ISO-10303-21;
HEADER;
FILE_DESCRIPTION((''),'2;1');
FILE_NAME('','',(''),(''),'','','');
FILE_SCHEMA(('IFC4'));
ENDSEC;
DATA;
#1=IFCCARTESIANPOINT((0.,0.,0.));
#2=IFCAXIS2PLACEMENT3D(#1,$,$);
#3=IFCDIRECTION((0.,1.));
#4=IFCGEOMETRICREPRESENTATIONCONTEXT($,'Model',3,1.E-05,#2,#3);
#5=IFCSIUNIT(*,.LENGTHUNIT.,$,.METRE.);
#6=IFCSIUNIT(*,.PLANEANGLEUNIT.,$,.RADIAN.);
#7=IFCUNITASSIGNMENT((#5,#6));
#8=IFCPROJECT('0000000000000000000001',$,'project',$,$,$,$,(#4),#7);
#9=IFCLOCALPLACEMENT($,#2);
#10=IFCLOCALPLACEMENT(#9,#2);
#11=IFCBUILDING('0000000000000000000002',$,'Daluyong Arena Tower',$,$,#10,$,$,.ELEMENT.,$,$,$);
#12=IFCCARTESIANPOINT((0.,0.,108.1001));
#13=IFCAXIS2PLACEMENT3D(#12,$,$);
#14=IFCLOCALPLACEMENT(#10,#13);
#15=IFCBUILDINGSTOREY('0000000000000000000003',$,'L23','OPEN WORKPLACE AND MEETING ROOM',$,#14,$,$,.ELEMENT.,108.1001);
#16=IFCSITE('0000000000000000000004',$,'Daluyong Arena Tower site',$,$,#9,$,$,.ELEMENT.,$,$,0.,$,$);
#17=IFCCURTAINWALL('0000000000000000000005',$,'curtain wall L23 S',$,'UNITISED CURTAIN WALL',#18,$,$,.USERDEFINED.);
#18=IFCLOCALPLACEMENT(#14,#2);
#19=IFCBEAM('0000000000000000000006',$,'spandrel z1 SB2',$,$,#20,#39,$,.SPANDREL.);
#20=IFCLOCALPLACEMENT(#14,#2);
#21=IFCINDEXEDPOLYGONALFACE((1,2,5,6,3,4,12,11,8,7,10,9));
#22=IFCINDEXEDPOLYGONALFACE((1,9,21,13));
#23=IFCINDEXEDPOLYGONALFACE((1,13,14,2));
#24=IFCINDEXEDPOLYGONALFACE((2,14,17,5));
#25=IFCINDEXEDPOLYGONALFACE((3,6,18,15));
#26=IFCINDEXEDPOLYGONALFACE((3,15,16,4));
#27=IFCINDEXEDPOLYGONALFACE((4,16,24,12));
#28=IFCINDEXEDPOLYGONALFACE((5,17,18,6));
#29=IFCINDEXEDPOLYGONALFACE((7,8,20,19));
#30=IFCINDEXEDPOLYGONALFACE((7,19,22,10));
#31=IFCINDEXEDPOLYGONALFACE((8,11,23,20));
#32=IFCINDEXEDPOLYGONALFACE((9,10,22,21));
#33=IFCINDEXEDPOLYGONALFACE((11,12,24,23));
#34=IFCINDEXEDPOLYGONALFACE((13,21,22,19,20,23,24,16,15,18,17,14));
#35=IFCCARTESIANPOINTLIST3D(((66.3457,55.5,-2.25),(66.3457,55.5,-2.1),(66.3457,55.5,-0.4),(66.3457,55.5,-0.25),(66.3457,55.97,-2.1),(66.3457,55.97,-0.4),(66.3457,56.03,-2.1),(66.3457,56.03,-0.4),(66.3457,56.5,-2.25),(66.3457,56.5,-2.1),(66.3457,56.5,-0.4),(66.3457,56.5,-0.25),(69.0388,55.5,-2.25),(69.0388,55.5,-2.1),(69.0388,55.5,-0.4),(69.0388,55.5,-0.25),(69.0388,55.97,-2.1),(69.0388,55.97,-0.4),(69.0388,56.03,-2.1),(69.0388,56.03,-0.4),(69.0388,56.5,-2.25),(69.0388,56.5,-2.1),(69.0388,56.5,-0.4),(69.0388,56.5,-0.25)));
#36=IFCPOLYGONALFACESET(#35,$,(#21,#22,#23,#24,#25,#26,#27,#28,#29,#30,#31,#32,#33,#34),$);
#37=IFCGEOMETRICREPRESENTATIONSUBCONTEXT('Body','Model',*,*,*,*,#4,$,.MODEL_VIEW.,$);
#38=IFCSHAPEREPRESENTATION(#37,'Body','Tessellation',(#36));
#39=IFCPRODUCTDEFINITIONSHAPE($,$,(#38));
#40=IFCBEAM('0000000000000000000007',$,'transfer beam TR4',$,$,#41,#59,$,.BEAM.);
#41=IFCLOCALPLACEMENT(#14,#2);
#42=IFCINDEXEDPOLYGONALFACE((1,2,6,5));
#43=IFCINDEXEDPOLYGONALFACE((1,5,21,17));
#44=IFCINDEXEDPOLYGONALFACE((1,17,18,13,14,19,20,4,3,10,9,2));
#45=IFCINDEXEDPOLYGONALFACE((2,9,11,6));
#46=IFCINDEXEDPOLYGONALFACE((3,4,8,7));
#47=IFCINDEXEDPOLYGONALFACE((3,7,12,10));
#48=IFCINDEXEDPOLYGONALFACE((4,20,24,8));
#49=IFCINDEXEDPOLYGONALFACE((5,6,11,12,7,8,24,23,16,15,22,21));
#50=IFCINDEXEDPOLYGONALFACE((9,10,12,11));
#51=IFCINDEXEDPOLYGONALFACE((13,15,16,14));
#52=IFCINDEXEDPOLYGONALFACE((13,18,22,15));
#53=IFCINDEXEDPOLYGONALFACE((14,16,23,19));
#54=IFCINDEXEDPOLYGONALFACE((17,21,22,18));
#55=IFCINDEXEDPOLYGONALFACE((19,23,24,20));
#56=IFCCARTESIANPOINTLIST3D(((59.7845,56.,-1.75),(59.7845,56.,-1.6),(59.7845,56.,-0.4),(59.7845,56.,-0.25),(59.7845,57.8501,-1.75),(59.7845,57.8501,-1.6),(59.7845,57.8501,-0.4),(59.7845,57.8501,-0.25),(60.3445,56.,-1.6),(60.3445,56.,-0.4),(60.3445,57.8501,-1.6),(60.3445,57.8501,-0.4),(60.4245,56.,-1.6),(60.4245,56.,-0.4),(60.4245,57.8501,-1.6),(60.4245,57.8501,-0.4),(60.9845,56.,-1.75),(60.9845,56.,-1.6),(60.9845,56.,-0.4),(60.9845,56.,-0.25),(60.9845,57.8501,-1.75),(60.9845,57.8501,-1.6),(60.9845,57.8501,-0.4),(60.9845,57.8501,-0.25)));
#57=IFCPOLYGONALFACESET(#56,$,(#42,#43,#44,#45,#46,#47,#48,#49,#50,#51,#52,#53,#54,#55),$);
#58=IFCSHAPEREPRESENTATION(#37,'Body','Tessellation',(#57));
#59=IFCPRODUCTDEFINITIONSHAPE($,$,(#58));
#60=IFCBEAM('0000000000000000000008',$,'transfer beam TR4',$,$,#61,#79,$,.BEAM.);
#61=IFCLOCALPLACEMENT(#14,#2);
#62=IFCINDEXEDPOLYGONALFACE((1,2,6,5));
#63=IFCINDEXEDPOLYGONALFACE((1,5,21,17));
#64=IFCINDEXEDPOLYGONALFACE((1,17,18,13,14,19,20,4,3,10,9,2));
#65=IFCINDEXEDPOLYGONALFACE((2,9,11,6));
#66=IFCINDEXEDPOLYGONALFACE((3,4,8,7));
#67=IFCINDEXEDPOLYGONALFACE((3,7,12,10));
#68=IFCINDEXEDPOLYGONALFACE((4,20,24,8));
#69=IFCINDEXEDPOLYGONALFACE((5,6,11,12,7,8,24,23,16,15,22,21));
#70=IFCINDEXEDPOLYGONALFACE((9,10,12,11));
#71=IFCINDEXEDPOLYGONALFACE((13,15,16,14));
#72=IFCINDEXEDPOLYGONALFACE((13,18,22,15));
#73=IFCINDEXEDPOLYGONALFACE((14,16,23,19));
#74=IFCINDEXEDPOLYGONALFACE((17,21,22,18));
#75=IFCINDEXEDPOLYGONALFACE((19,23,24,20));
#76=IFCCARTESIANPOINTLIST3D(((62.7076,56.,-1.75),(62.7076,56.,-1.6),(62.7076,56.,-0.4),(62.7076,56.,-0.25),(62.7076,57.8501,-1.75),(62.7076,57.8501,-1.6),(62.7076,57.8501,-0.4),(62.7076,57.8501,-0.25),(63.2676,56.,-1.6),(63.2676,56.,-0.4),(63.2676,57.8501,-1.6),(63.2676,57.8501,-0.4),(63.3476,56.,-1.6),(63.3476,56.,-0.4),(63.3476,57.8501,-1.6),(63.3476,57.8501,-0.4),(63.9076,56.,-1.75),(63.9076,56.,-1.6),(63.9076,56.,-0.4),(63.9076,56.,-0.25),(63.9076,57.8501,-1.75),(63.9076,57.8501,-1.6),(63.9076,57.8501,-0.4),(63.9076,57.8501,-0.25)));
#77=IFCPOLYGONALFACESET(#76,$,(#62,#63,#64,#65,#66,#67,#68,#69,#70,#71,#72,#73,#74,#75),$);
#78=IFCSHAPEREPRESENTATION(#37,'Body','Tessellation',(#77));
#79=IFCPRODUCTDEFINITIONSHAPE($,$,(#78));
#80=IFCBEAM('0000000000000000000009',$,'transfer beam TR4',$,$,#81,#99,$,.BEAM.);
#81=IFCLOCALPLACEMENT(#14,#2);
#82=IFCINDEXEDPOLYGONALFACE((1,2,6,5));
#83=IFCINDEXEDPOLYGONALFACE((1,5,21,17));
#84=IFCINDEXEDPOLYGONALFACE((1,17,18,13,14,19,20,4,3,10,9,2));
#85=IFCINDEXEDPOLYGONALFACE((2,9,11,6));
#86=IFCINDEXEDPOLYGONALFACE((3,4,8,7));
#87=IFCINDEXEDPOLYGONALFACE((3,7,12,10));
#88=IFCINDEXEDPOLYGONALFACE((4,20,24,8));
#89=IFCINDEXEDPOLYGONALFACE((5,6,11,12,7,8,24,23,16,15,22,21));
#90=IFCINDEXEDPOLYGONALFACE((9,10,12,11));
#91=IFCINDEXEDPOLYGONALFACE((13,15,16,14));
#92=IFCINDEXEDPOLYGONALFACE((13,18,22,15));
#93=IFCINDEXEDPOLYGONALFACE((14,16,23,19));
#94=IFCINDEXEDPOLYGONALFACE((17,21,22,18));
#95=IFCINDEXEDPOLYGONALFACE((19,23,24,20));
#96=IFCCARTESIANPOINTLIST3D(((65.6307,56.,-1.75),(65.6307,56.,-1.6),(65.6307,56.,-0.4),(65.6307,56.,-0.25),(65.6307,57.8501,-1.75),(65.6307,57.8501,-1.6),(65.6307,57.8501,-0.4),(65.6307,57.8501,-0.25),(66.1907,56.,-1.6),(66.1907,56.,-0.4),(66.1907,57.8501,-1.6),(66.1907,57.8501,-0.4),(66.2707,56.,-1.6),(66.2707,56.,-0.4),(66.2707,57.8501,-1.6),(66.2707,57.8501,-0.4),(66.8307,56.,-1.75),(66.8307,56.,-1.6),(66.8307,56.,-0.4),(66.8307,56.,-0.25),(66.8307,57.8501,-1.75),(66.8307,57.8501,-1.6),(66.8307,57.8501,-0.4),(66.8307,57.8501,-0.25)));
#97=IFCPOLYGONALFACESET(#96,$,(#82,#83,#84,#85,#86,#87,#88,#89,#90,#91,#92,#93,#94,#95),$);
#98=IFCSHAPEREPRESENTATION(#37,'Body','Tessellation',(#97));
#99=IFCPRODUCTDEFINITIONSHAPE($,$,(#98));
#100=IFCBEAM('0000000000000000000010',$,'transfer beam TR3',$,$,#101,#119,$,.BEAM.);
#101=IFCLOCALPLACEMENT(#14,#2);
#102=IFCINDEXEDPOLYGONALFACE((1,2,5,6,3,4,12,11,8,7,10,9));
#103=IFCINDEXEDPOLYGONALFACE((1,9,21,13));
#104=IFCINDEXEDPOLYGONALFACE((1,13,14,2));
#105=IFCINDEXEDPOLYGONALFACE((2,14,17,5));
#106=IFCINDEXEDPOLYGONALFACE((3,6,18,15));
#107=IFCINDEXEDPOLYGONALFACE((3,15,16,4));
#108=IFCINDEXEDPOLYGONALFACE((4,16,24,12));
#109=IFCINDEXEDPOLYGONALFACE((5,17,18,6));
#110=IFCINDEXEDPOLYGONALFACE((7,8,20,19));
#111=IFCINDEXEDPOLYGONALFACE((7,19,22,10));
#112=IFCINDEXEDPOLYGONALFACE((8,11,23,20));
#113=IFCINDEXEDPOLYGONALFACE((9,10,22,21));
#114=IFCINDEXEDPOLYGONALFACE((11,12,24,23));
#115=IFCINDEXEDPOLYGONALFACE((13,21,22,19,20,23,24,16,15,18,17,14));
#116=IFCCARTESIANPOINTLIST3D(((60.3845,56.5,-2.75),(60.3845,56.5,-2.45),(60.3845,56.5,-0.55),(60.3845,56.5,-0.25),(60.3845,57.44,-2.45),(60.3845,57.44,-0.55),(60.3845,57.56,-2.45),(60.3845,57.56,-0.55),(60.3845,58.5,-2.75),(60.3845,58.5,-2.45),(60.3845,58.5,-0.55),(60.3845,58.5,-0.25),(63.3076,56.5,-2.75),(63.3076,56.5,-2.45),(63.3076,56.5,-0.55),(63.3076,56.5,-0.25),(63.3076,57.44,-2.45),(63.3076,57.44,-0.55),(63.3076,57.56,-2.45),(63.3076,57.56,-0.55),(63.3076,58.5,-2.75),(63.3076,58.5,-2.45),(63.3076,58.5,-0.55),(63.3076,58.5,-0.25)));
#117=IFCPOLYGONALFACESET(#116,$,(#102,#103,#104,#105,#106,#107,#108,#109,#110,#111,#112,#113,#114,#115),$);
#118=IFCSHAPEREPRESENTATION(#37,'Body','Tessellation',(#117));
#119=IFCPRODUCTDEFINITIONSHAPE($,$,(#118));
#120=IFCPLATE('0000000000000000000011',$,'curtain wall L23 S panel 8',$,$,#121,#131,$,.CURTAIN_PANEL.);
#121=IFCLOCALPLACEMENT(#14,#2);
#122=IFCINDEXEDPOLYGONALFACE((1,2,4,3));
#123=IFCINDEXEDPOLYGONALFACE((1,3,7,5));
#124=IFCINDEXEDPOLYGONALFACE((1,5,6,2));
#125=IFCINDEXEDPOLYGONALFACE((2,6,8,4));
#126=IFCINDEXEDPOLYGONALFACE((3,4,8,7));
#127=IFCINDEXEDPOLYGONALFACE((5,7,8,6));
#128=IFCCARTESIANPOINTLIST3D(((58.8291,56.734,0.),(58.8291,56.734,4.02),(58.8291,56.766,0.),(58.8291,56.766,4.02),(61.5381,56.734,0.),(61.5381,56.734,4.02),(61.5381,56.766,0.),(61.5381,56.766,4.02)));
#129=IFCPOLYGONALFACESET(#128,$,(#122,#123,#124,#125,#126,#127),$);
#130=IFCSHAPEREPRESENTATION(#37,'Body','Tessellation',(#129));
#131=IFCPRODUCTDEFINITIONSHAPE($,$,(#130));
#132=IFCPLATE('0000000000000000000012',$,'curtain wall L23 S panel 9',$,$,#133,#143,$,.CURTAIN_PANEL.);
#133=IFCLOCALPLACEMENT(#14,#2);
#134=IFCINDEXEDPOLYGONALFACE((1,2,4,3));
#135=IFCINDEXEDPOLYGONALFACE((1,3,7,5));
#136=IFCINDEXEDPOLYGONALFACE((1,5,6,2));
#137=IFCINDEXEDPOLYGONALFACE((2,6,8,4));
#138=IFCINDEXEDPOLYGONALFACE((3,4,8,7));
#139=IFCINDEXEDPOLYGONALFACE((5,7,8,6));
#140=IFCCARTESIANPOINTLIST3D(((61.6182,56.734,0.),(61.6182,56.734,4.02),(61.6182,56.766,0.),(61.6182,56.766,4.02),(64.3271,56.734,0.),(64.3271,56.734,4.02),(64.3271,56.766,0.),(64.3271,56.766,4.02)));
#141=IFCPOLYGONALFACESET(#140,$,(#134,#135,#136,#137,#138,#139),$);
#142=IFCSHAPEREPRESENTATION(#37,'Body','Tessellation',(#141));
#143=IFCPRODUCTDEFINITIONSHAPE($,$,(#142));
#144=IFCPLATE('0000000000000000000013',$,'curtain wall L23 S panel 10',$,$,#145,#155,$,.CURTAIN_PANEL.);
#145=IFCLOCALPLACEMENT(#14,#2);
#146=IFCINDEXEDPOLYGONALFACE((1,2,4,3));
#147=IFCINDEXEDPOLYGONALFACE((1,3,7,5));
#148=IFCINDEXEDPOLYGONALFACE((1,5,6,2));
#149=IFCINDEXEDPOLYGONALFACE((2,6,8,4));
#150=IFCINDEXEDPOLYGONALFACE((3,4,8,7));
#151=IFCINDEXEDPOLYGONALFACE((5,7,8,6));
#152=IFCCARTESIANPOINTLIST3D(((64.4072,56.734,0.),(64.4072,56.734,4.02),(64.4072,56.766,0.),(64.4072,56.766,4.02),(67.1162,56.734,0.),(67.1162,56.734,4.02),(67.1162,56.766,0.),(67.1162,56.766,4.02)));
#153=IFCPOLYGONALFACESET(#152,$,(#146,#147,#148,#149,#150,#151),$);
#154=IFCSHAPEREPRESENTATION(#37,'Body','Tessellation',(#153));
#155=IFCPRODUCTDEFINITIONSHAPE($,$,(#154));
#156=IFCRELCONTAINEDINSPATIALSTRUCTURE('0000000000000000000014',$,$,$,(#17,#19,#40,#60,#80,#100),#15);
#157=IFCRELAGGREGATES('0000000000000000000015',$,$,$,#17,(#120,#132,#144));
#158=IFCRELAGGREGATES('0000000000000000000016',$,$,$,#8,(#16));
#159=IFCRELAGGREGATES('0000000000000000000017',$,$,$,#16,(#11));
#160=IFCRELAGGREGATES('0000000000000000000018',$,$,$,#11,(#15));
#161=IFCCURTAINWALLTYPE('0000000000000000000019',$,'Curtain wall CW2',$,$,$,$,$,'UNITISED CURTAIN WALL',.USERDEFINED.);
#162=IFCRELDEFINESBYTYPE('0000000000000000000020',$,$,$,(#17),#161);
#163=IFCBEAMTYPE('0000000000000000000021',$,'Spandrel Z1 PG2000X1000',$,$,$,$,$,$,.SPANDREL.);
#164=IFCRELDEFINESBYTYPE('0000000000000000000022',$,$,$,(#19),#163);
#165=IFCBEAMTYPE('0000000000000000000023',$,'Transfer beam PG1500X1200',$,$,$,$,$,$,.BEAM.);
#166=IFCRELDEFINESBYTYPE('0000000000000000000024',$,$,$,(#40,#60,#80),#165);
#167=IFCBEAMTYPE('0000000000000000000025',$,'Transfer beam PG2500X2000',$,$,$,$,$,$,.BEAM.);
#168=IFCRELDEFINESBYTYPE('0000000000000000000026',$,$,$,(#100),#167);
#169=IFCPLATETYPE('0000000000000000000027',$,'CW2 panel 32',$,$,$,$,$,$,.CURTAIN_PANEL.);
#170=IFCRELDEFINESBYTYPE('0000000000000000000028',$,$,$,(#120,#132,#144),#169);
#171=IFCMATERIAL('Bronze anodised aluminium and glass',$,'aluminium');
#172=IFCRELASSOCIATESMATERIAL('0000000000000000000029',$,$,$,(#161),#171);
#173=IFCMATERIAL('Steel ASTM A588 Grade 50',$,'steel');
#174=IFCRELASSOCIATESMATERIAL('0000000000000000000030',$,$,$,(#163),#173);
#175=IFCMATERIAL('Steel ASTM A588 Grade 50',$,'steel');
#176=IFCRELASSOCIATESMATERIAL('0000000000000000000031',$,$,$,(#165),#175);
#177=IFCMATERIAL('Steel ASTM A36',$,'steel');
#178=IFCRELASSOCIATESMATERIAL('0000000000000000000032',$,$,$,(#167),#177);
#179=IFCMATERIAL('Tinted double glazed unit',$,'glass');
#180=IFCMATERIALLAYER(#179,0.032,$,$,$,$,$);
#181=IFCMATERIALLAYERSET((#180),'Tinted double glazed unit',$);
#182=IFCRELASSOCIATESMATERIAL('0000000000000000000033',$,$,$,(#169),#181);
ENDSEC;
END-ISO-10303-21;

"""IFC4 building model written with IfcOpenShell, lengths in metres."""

from ifc_helpers import new_model, si_unit, direction, frame, origin, origin_2d, place, context, subcontext, project, spatial, rectangle, i_section, extrude, material, layer, layer_set, material_profile, profile_set, type_object, element, aggregate, save


model = new_model("IFC4")

# Units and contexts
model_context = context("Model", 3, precision=1e-05, world=origin(), true_north=direction((0.0, 1.0)))
body_context = subcontext(model_context, "Body", "Model", "MODEL_VIEW")
ifc_project = project(units=[si_unit("LENGTHUNIT", "METRE"), si_unit("PLANEANGLEUNIT", "RADIAN")], contexts=[model_context])

# Site, building, storey
site_placement = place(None, origin())
site = spatial("IfcSite", under=ifc_project, at=site_placement, Name="Daluyong Arena Tower site", CompositionType="ELEMENT", RefElevation=0.0)
building_placement = place(site_placement, origin())
building = spatial("IfcBuilding", under=site, at=building_placement, Name="Daluyong Arena Tower", CompositionType="ELEMENT")
storey_placement = place(building_placement, frame((0.0, 0.0, 108.1001)))
storey = spatial("IfcBuildingStorey", under=building, at=storey_placement, Name="L23", Description="OPEN WORKPLACE AND MEETING ROOM", CompositionType="ELEMENT", Elevation=108.1001)

# Curtain wall
ifc_material_1 = material(Name="Bronze anodised aluminium and glass", Category="aluminium")
curtain_wall_type = type_object("IfcCurtainWallType", Name="Curtain wall CW2", ElementType="UNITISED CURTAIN WALL", PredefinedType="USERDEFINED", material=ifc_material_1)
curtain_wall_placement = place(storey_placement, origin())
curtain_wall = element("IfcCurtainWall", 1, at=curtain_wall_placement, inside=storey, type_object=curtain_wall_type, Name="curtain wall L23 S", ObjectType="UNITISED CURTAIN WALL", PredefinedType="USERDEFINED")

# Beams
ifc_material_2 = material(Name="Steel ASTM A588 Grade 50", Category="steel")
ifc_material_profile_1 = material_profile(ifc_material_2, i_section(OverallWidth=1.0, OverallDepth=2.0, WebThickness=0.06, FlangeThickness=0.15, at=origin_2d()))
ifc_profile_set_1 = profile_set([ifc_material_profile_1], Name="Steel ASTM A588 Grade 50")
beam_type_1 = type_object("IfcBeamType", Name="Spandrel Z1 PG2000X1000", PredefinedType="SPANDREL", material=ifc_profile_set_1)
for number, where, z_axis, x_axis, name in (
    (2, (66.3457, 56.0, -1.25), (1.0, 0.0, 0.0), (0.0, 1.0, 0.0), "spandrel z1 SB2"),
):
    element("IfcBeam", number, at=place(storey_placement, frame(where, z_axis=z_axis, x_axis=x_axis)), inside=storey, type_object=beam_type_1, Name=name, PredefinedType="SPANDREL", context=body_context, shape_type="SweptSolid", body=[
        extrude(i_section(OverallWidth=1.0, OverallDepth=2.0, WebThickness=0.06, FlangeThickness=0.15, at=origin_2d()), origin(), (0.0, 0.0, 1.0), 2.6931),
    ])
ifc_material_3 = material(Name="Steel ASTM A588 Grade 50", Category="steel")
ifc_material_profile_2 = material_profile(ifc_material_3, i_section(OverallWidth=1.2, OverallDepth=1.5, WebThickness=0.08, FlangeThickness=0.15, at=origin_2d()))
ifc_profile_set_2 = profile_set([ifc_material_profile_2], Name="Steel ASTM A588 Grade 50")
beam_type_2 = type_object("IfcBeamType", Name="Transfer beam PG1500X1200", PredefinedType="BEAM", material=ifc_profile_set_2)
for number, where, z_axis, x_axis, name in (
    (3, (60.3845, 56.0, -1.0), (0.0, 1.0, 0.0), (-1.0, 0.0, 0.0), "transfer beam TR4"),
    (4, (63.3076, 56.0, -1.0), (0.0, 1.0, 0.0), (-1.0, 0.0, 0.0), "transfer beam TR4"),
    (5, (66.2307, 56.0, -1.0), (0.0, 1.0, 0.0), (-1.0, 0.0, 0.0), "transfer beam TR4"),
):
    element("IfcBeam", number, at=place(storey_placement, frame(where, z_axis=z_axis, x_axis=x_axis)), inside=storey, type_object=beam_type_2, Name=name, PredefinedType="BEAM", context=body_context, shape_type="SweptSolid", body=[
        extrude(i_section(OverallWidth=1.2, OverallDepth=1.5, WebThickness=0.08, FlangeThickness=0.15, at=origin_2d()), origin(), (0.0, 0.0, 1.0), 1.8501),
    ])
ifc_material_4 = material(Name="Steel ASTM A36", Category="steel")
ifc_material_profile_3 = material_profile(ifc_material_4, i_section(OverallWidth=2.0, OverallDepth=2.5, WebThickness=0.12, FlangeThickness=0.3, at=origin_2d()))
ifc_profile_set_3 = profile_set([ifc_material_profile_3], Name="Steel ASTM A36")
beam_type_3 = type_object("IfcBeamType", Name="Transfer beam PG2500X2000", PredefinedType="BEAM", material=ifc_profile_set_3)
beam_placement = place(storey_placement, frame((60.3845, 57.5, -1.5), z_axis=(1.0, 0.0, 0.0), x_axis=(0.0, 1.0, 0.0)))
element("IfcBeam", 6, at=beam_placement, inside=storey, type_object=beam_type_3, Name="transfer beam TR3", PredefinedType="BEAM", context=body_context, shape_type="SweptSolid", body=[
    extrude(i_section(OverallWidth=2.0, OverallDepth=2.5, WebThickness=0.12, FlangeThickness=0.3, at=origin_2d()), origin(), (0.0, 0.0, 1.0), 2.9231),
])

# Plates
ifc_material_5 = material(Name="Tinted double glazed unit", Category="glass")
ifc_layer = layer(ifc_material_5, 0.032)
ifc_layer_set = layer_set([ifc_layer], Name="Tinted double glazed unit")
plate_type = type_object("IfcPlateType", Name="CW2 panel 32", PredefinedType="CURTAIN_PANEL", material=ifc_layer_set)
plate_1_placement = place(storey_placement, frame((60.1836, 56.75, 0.0), z_axis=(0.0, 0.0, 1.0), x_axis=(1.0, 0.0, 0.0)))
plate_1 = element("IfcPlate", 7, at=plate_1_placement, type_object=plate_type, Name="curtain wall L23 S panel 8", PredefinedType="CURTAIN_PANEL", context=body_context, shape_type="SweptSolid", body=[
    extrude(rectangle(XDim=2.709, YDim=0.032, at=origin_2d()), origin(), (0.0, 0.0, 1.0), 4.02),
])
plate_2_placement = place(storey_placement, frame((62.9727, 56.75, 0.0), z_axis=(0.0, 0.0, 1.0), x_axis=(1.0, 0.0, 0.0)))
plate_2 = element("IfcPlate", 8, at=plate_2_placement, type_object=plate_type, Name="curtain wall L23 S panel 9", PredefinedType="CURTAIN_PANEL", context=body_context, shape_type="SweptSolid", body=[
    extrude(rectangle(XDim=2.709, YDim=0.032, at=origin_2d()), origin(), (0.0, 0.0, 1.0), 4.02),
])
plate_3_placement = place(storey_placement, frame((65.7617, 56.75, 0.0), z_axis=(0.0, 0.0, 1.0), x_axis=(1.0, 0.0, 0.0)))
plate_3 = element("IfcPlate", 9, at=plate_3_placement, type_object=plate_type, Name="curtain wall L23 S panel 10", PredefinedType="CURTAIN_PANEL", context=body_context, shape_type="SweptSolid", body=[
    extrude(rectangle(XDim=2.709, YDim=0.032, at=origin_2d()), origin(), (0.0, 0.0, 1.0), 4.02),
])
aggregate(curtain_wall, [plate_1, plate_2, plate_3])

save(model, "model.ifc")
